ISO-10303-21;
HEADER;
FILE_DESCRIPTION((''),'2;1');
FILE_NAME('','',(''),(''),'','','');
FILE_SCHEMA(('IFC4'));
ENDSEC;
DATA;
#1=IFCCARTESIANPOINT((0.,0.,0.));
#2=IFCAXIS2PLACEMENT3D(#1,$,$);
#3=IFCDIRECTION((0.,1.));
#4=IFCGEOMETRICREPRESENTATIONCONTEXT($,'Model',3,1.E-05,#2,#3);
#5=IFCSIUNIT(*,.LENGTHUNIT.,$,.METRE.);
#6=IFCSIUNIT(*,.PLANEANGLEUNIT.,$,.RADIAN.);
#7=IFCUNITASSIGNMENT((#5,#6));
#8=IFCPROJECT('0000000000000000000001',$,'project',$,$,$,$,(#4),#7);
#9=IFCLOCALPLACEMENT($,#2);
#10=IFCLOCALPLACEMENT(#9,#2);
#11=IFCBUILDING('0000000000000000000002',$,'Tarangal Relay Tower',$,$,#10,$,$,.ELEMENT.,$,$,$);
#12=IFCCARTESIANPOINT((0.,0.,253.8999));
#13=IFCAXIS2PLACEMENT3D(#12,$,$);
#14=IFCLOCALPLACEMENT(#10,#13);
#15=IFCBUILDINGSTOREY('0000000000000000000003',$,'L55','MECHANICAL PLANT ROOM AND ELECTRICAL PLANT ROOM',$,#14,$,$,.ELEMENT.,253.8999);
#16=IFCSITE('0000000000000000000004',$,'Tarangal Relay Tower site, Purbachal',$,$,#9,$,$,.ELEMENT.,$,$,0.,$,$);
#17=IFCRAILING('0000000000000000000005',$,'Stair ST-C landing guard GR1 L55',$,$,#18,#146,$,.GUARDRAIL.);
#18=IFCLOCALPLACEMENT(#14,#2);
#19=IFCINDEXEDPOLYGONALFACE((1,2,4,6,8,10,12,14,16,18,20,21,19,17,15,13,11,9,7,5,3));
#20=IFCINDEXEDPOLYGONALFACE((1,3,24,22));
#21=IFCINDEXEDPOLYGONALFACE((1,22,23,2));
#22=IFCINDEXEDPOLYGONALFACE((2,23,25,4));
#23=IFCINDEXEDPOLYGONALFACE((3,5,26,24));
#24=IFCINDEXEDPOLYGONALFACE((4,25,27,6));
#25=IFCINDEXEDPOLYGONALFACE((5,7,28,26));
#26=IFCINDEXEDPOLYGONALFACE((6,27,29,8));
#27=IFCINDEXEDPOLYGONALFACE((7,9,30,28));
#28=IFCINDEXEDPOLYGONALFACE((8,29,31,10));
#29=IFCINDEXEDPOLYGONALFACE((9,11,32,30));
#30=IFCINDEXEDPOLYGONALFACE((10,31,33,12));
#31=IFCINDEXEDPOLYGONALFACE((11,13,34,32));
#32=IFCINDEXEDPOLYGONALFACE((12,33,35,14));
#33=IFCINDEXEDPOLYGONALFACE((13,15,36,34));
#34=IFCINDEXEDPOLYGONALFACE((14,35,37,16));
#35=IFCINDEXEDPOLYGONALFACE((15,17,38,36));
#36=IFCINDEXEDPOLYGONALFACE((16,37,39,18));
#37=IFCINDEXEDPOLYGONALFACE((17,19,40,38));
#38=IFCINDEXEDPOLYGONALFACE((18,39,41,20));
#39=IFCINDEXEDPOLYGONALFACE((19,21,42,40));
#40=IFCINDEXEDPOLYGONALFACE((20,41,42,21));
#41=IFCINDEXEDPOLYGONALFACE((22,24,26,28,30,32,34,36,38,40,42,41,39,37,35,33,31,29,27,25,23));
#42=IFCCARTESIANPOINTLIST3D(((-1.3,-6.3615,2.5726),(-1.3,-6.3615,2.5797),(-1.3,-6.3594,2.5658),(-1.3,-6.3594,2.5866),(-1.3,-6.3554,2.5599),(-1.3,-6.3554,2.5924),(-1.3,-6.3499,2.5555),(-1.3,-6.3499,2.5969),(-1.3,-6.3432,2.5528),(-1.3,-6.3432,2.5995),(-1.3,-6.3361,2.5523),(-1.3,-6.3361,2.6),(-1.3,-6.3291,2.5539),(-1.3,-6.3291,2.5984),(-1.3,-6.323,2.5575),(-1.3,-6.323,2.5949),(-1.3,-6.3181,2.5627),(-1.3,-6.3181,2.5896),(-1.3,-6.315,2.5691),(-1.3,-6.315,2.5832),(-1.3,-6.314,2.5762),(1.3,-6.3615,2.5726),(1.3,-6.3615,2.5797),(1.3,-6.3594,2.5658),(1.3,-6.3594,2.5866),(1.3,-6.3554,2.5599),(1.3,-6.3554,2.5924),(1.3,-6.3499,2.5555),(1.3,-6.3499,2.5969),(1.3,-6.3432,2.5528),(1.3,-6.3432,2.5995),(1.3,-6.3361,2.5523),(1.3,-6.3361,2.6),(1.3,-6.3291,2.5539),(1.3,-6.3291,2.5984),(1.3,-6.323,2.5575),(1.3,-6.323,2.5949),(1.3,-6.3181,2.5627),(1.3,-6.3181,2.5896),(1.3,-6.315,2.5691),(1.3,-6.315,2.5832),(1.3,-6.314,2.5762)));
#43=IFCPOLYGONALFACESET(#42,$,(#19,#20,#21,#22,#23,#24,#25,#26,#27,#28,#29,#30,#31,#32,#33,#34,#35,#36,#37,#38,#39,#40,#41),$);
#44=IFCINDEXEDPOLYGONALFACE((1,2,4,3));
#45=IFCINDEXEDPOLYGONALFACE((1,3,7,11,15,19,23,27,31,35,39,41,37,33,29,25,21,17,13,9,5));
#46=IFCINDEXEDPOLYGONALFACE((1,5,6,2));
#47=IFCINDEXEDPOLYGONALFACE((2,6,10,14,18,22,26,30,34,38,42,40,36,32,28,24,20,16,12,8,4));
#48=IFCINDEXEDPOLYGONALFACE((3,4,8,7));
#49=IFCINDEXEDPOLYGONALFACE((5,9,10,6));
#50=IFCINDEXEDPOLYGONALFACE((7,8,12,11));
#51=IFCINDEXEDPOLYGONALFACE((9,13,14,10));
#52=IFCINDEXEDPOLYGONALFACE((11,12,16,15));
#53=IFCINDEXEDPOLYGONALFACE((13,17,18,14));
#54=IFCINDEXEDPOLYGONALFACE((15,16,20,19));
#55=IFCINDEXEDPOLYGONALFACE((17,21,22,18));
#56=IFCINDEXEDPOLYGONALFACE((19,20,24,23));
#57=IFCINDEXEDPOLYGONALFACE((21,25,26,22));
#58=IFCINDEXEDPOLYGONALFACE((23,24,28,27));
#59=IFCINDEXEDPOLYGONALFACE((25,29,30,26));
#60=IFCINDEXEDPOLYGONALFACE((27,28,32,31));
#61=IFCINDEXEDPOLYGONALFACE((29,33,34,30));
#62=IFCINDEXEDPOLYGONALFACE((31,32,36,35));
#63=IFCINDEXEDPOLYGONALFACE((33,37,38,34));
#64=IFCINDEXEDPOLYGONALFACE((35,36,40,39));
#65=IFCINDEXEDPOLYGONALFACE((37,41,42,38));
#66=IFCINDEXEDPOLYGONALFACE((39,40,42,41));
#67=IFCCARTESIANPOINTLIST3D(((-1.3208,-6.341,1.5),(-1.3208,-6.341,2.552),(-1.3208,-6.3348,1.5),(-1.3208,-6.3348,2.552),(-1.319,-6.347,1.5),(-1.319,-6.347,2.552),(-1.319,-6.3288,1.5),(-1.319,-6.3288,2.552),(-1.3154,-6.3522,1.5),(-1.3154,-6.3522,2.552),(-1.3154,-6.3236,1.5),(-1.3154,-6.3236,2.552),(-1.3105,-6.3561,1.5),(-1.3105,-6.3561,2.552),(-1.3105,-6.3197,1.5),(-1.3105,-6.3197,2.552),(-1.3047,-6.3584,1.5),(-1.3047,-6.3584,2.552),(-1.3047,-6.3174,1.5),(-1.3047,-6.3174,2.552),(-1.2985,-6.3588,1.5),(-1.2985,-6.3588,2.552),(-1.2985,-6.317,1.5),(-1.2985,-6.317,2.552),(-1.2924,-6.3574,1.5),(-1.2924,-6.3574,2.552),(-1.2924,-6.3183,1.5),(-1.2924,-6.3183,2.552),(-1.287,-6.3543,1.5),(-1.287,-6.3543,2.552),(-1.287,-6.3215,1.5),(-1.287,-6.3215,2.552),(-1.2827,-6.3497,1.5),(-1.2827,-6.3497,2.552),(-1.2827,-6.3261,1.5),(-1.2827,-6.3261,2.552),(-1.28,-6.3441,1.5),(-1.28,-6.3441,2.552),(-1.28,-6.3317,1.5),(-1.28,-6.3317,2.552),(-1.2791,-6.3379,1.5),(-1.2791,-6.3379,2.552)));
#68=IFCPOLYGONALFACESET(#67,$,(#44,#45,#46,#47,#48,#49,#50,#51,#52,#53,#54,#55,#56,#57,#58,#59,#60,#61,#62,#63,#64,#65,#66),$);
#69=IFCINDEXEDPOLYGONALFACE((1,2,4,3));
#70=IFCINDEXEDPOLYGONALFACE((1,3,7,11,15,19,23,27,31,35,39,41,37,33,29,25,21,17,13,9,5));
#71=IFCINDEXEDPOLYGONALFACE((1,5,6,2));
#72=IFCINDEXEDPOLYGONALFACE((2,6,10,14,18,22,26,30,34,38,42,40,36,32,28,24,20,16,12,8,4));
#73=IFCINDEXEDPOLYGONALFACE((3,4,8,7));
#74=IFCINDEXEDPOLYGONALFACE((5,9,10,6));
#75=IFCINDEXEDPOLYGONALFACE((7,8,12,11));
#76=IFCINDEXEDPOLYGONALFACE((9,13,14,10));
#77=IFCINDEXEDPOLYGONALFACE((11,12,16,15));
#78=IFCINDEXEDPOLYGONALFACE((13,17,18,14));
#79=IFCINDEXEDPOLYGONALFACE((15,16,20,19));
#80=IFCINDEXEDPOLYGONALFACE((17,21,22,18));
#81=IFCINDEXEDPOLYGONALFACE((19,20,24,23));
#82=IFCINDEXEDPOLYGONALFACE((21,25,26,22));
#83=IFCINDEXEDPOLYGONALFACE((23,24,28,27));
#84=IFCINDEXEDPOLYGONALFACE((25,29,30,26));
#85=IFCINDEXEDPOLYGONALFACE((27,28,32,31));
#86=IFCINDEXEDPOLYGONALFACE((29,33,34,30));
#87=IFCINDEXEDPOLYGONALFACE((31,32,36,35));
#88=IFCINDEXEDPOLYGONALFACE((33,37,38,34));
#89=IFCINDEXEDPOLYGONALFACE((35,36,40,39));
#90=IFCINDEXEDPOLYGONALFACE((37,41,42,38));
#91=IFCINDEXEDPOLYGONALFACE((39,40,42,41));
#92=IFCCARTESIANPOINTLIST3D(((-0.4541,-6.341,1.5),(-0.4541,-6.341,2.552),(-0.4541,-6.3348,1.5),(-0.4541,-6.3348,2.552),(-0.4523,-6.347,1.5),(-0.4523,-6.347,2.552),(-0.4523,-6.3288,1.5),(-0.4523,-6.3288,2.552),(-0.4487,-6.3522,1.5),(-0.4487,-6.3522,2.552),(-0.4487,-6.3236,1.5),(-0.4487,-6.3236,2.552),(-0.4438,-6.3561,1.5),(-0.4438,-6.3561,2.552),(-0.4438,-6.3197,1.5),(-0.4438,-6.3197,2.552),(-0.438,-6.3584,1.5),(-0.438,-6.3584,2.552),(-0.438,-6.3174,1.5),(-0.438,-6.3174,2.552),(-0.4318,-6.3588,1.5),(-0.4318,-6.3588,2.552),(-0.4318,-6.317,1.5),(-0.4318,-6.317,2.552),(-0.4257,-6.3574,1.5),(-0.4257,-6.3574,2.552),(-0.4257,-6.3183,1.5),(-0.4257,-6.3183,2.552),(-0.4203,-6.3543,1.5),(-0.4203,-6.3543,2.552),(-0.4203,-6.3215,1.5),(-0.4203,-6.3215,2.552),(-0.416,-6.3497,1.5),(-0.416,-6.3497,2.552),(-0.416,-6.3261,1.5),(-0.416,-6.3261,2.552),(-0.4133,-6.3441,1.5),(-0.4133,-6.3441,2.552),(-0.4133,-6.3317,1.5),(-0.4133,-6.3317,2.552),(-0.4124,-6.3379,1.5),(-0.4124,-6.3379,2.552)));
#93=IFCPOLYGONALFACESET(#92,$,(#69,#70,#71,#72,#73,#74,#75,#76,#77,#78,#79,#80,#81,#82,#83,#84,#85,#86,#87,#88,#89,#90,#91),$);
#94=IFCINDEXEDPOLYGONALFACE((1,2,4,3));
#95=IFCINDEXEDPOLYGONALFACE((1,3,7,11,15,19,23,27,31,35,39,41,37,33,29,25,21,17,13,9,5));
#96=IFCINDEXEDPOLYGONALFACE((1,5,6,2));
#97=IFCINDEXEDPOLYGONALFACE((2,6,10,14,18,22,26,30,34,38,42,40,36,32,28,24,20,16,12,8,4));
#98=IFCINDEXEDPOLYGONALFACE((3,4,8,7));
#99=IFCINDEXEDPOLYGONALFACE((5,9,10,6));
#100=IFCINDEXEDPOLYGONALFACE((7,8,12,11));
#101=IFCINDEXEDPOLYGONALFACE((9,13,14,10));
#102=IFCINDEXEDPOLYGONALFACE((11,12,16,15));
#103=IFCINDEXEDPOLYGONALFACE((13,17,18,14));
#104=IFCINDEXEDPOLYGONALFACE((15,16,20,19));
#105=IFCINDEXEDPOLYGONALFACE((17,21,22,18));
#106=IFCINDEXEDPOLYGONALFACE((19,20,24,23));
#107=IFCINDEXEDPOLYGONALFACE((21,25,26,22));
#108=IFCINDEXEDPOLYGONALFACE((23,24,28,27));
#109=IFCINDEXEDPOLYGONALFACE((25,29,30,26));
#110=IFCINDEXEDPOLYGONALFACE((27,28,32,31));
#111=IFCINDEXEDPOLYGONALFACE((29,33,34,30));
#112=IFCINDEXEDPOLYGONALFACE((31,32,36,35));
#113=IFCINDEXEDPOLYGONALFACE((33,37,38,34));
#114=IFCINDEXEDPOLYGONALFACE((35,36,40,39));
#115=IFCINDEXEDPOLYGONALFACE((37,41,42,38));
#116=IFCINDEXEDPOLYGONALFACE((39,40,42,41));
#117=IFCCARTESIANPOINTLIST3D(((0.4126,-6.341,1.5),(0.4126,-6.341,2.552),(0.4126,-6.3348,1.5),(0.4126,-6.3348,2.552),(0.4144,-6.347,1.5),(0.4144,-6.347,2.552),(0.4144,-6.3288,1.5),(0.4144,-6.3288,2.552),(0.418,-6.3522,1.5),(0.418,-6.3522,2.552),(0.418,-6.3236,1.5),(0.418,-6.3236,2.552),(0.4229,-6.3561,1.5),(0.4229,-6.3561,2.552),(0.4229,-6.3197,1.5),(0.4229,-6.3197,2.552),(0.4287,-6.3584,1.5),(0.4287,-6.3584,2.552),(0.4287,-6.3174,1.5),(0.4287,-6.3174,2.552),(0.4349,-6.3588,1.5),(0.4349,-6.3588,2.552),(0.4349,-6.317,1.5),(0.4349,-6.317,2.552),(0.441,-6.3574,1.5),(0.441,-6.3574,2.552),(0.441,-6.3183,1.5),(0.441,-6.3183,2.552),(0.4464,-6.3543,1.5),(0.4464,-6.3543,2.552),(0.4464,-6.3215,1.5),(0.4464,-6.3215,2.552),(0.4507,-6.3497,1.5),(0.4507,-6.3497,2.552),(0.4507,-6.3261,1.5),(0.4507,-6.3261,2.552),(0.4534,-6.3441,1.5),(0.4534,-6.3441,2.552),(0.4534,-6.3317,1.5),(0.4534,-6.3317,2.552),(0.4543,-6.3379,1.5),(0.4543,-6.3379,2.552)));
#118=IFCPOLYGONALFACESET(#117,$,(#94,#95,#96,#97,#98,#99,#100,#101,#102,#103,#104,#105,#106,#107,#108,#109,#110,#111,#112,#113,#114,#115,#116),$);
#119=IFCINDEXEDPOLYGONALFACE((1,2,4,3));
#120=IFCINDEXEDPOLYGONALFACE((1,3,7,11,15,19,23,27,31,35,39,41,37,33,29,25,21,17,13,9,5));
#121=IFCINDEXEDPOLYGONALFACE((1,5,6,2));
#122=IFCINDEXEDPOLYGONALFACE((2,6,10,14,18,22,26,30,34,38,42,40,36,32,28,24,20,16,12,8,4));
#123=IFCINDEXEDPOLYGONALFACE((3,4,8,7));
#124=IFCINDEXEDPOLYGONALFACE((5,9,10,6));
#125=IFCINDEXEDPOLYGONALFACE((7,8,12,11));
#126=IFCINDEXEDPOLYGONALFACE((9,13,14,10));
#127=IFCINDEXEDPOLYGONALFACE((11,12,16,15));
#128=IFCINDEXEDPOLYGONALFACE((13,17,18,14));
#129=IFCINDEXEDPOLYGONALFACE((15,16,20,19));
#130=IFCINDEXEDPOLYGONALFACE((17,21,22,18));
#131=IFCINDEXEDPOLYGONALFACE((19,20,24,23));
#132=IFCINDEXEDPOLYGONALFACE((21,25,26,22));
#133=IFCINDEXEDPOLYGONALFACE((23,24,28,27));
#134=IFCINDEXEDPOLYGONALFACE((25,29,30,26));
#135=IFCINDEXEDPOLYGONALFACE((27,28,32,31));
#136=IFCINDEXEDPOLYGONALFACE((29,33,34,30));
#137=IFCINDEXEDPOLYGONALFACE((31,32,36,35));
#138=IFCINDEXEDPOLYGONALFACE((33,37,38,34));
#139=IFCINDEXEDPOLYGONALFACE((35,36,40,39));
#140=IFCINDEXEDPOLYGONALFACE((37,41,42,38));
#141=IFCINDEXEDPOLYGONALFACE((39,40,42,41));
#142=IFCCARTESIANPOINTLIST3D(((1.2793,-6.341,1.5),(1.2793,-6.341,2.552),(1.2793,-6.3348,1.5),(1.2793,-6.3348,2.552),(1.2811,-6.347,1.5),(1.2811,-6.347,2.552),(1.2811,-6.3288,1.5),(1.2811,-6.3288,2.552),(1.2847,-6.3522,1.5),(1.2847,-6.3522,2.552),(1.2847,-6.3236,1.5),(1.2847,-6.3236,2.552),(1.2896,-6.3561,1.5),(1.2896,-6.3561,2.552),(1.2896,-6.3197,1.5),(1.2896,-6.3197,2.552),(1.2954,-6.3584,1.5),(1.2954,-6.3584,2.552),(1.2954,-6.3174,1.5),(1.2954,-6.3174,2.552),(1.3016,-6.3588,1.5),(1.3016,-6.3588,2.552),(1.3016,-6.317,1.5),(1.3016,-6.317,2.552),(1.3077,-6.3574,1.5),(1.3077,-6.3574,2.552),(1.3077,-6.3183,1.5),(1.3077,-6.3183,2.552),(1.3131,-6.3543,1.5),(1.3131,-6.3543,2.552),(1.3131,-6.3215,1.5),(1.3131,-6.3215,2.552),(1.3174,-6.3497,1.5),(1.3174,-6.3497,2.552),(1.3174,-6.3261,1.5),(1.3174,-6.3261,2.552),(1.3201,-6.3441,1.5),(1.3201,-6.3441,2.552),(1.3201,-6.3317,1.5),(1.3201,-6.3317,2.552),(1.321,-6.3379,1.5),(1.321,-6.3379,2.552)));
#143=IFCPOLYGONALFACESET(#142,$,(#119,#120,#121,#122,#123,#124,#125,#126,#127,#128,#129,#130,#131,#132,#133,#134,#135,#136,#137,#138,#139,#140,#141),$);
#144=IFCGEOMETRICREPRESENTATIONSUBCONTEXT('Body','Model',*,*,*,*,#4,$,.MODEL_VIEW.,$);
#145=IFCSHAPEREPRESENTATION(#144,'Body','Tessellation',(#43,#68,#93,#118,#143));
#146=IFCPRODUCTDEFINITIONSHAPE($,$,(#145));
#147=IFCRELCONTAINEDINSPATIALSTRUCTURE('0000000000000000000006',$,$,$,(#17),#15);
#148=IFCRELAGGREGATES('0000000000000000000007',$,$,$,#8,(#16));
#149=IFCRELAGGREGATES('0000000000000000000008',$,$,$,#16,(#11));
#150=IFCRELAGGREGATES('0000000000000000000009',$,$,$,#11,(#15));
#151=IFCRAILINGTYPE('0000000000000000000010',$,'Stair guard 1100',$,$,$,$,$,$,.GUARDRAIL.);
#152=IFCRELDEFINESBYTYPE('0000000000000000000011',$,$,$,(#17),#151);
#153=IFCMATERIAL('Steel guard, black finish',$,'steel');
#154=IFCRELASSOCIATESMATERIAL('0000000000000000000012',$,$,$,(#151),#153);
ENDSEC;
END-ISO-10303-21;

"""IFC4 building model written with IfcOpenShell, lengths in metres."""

from ifc_helpers import new_model, si_unit, direction, frame, origin, origin_2d, place, context, subcontext, project, spatial, circle, extrude, material, type_object, element, save


model = new_model("IFC4")

# Units and contexts
model_context = context("Model", 3, precision=1e-05, world=origin(), true_north=direction((0.0, 1.0)))
body_context = subcontext(model_context, "Body", "Model", "MODEL_VIEW")
ifc_project = project(units=[si_unit("LENGTHUNIT", "METRE"), si_unit("PLANEANGLEUNIT", "RADIAN")], contexts=[model_context])

# Site, building, storey
site_placement = place(None, origin())
site = spatial("IfcSite", under=ifc_project, at=site_placement, Name="Tarangal Relay Tower site, Purbachal", CompositionType="ELEMENT", RefElevation=0.0)
building_placement = place(site_placement, origin())
building = spatial("IfcBuilding", under=site, at=building_placement, Name="Tarangal Relay Tower", CompositionType="ELEMENT")
storey_placement = place(building_placement, frame((0.0, 0.0, 253.8999)))
storey = spatial("IfcBuildingStorey", under=building, at=storey_placement, Name="L55", Description="MECHANICAL PLANT ROOM AND ELECTRICAL PLANT ROOM", CompositionType="ELEMENT", Elevation=253.8999)

# Railing
ifc_material_1 = material(Name="Steel guard, black finish", Category="steel")
railing_type_1 = type_object("IfcRailingType", Name="Stair guard 1100", PredefinedType="GUARDRAIL", material=ifc_material_1)
for number, where, name in (
    (1, (-1.3, -6.3379, 1.5), "Stair ST-C landing guard GR1 L55"),
):
    element("IfcRailing", number, at=place(storey_placement, frame(where)), inside=storey, type_object=railing_type_1, Name=name, PredefinedType="GUARDRAIL", context=body_context, shape_type="SweptSolid", body=[
        extrude(circle(Radius=0.0239, at=origin_2d()), frame((0.0, 0.0, 1.0762), z_axis=(1.0, 0.0, 0.0), x_axis=(0.0, 1.0, 0.0)), (0.0, 0.0, 1.0), 2.6001),
        extrude(circle(Radius=0.021, at=origin_2d()), origin(), (0.0, 0.0, 1.0), 1.052),
        extrude(circle(Radius=0.021, at=origin_2d()), frame((0.8667, 0.0, 0.0)), (0.0, 0.0, 1.0), 1.052),
        extrude(circle(Radius=0.021, at=origin_2d()), frame((1.7334, 0.0, 0.0)), (0.0, 0.0, 1.0), 1.052),
        extrude(circle(Radius=0.021, at=origin_2d()), frame((2.6001, 0.0, 0.0)), (0.0, 0.0, 1.0), 1.052),
    ])

save(model, "model.ifc")
